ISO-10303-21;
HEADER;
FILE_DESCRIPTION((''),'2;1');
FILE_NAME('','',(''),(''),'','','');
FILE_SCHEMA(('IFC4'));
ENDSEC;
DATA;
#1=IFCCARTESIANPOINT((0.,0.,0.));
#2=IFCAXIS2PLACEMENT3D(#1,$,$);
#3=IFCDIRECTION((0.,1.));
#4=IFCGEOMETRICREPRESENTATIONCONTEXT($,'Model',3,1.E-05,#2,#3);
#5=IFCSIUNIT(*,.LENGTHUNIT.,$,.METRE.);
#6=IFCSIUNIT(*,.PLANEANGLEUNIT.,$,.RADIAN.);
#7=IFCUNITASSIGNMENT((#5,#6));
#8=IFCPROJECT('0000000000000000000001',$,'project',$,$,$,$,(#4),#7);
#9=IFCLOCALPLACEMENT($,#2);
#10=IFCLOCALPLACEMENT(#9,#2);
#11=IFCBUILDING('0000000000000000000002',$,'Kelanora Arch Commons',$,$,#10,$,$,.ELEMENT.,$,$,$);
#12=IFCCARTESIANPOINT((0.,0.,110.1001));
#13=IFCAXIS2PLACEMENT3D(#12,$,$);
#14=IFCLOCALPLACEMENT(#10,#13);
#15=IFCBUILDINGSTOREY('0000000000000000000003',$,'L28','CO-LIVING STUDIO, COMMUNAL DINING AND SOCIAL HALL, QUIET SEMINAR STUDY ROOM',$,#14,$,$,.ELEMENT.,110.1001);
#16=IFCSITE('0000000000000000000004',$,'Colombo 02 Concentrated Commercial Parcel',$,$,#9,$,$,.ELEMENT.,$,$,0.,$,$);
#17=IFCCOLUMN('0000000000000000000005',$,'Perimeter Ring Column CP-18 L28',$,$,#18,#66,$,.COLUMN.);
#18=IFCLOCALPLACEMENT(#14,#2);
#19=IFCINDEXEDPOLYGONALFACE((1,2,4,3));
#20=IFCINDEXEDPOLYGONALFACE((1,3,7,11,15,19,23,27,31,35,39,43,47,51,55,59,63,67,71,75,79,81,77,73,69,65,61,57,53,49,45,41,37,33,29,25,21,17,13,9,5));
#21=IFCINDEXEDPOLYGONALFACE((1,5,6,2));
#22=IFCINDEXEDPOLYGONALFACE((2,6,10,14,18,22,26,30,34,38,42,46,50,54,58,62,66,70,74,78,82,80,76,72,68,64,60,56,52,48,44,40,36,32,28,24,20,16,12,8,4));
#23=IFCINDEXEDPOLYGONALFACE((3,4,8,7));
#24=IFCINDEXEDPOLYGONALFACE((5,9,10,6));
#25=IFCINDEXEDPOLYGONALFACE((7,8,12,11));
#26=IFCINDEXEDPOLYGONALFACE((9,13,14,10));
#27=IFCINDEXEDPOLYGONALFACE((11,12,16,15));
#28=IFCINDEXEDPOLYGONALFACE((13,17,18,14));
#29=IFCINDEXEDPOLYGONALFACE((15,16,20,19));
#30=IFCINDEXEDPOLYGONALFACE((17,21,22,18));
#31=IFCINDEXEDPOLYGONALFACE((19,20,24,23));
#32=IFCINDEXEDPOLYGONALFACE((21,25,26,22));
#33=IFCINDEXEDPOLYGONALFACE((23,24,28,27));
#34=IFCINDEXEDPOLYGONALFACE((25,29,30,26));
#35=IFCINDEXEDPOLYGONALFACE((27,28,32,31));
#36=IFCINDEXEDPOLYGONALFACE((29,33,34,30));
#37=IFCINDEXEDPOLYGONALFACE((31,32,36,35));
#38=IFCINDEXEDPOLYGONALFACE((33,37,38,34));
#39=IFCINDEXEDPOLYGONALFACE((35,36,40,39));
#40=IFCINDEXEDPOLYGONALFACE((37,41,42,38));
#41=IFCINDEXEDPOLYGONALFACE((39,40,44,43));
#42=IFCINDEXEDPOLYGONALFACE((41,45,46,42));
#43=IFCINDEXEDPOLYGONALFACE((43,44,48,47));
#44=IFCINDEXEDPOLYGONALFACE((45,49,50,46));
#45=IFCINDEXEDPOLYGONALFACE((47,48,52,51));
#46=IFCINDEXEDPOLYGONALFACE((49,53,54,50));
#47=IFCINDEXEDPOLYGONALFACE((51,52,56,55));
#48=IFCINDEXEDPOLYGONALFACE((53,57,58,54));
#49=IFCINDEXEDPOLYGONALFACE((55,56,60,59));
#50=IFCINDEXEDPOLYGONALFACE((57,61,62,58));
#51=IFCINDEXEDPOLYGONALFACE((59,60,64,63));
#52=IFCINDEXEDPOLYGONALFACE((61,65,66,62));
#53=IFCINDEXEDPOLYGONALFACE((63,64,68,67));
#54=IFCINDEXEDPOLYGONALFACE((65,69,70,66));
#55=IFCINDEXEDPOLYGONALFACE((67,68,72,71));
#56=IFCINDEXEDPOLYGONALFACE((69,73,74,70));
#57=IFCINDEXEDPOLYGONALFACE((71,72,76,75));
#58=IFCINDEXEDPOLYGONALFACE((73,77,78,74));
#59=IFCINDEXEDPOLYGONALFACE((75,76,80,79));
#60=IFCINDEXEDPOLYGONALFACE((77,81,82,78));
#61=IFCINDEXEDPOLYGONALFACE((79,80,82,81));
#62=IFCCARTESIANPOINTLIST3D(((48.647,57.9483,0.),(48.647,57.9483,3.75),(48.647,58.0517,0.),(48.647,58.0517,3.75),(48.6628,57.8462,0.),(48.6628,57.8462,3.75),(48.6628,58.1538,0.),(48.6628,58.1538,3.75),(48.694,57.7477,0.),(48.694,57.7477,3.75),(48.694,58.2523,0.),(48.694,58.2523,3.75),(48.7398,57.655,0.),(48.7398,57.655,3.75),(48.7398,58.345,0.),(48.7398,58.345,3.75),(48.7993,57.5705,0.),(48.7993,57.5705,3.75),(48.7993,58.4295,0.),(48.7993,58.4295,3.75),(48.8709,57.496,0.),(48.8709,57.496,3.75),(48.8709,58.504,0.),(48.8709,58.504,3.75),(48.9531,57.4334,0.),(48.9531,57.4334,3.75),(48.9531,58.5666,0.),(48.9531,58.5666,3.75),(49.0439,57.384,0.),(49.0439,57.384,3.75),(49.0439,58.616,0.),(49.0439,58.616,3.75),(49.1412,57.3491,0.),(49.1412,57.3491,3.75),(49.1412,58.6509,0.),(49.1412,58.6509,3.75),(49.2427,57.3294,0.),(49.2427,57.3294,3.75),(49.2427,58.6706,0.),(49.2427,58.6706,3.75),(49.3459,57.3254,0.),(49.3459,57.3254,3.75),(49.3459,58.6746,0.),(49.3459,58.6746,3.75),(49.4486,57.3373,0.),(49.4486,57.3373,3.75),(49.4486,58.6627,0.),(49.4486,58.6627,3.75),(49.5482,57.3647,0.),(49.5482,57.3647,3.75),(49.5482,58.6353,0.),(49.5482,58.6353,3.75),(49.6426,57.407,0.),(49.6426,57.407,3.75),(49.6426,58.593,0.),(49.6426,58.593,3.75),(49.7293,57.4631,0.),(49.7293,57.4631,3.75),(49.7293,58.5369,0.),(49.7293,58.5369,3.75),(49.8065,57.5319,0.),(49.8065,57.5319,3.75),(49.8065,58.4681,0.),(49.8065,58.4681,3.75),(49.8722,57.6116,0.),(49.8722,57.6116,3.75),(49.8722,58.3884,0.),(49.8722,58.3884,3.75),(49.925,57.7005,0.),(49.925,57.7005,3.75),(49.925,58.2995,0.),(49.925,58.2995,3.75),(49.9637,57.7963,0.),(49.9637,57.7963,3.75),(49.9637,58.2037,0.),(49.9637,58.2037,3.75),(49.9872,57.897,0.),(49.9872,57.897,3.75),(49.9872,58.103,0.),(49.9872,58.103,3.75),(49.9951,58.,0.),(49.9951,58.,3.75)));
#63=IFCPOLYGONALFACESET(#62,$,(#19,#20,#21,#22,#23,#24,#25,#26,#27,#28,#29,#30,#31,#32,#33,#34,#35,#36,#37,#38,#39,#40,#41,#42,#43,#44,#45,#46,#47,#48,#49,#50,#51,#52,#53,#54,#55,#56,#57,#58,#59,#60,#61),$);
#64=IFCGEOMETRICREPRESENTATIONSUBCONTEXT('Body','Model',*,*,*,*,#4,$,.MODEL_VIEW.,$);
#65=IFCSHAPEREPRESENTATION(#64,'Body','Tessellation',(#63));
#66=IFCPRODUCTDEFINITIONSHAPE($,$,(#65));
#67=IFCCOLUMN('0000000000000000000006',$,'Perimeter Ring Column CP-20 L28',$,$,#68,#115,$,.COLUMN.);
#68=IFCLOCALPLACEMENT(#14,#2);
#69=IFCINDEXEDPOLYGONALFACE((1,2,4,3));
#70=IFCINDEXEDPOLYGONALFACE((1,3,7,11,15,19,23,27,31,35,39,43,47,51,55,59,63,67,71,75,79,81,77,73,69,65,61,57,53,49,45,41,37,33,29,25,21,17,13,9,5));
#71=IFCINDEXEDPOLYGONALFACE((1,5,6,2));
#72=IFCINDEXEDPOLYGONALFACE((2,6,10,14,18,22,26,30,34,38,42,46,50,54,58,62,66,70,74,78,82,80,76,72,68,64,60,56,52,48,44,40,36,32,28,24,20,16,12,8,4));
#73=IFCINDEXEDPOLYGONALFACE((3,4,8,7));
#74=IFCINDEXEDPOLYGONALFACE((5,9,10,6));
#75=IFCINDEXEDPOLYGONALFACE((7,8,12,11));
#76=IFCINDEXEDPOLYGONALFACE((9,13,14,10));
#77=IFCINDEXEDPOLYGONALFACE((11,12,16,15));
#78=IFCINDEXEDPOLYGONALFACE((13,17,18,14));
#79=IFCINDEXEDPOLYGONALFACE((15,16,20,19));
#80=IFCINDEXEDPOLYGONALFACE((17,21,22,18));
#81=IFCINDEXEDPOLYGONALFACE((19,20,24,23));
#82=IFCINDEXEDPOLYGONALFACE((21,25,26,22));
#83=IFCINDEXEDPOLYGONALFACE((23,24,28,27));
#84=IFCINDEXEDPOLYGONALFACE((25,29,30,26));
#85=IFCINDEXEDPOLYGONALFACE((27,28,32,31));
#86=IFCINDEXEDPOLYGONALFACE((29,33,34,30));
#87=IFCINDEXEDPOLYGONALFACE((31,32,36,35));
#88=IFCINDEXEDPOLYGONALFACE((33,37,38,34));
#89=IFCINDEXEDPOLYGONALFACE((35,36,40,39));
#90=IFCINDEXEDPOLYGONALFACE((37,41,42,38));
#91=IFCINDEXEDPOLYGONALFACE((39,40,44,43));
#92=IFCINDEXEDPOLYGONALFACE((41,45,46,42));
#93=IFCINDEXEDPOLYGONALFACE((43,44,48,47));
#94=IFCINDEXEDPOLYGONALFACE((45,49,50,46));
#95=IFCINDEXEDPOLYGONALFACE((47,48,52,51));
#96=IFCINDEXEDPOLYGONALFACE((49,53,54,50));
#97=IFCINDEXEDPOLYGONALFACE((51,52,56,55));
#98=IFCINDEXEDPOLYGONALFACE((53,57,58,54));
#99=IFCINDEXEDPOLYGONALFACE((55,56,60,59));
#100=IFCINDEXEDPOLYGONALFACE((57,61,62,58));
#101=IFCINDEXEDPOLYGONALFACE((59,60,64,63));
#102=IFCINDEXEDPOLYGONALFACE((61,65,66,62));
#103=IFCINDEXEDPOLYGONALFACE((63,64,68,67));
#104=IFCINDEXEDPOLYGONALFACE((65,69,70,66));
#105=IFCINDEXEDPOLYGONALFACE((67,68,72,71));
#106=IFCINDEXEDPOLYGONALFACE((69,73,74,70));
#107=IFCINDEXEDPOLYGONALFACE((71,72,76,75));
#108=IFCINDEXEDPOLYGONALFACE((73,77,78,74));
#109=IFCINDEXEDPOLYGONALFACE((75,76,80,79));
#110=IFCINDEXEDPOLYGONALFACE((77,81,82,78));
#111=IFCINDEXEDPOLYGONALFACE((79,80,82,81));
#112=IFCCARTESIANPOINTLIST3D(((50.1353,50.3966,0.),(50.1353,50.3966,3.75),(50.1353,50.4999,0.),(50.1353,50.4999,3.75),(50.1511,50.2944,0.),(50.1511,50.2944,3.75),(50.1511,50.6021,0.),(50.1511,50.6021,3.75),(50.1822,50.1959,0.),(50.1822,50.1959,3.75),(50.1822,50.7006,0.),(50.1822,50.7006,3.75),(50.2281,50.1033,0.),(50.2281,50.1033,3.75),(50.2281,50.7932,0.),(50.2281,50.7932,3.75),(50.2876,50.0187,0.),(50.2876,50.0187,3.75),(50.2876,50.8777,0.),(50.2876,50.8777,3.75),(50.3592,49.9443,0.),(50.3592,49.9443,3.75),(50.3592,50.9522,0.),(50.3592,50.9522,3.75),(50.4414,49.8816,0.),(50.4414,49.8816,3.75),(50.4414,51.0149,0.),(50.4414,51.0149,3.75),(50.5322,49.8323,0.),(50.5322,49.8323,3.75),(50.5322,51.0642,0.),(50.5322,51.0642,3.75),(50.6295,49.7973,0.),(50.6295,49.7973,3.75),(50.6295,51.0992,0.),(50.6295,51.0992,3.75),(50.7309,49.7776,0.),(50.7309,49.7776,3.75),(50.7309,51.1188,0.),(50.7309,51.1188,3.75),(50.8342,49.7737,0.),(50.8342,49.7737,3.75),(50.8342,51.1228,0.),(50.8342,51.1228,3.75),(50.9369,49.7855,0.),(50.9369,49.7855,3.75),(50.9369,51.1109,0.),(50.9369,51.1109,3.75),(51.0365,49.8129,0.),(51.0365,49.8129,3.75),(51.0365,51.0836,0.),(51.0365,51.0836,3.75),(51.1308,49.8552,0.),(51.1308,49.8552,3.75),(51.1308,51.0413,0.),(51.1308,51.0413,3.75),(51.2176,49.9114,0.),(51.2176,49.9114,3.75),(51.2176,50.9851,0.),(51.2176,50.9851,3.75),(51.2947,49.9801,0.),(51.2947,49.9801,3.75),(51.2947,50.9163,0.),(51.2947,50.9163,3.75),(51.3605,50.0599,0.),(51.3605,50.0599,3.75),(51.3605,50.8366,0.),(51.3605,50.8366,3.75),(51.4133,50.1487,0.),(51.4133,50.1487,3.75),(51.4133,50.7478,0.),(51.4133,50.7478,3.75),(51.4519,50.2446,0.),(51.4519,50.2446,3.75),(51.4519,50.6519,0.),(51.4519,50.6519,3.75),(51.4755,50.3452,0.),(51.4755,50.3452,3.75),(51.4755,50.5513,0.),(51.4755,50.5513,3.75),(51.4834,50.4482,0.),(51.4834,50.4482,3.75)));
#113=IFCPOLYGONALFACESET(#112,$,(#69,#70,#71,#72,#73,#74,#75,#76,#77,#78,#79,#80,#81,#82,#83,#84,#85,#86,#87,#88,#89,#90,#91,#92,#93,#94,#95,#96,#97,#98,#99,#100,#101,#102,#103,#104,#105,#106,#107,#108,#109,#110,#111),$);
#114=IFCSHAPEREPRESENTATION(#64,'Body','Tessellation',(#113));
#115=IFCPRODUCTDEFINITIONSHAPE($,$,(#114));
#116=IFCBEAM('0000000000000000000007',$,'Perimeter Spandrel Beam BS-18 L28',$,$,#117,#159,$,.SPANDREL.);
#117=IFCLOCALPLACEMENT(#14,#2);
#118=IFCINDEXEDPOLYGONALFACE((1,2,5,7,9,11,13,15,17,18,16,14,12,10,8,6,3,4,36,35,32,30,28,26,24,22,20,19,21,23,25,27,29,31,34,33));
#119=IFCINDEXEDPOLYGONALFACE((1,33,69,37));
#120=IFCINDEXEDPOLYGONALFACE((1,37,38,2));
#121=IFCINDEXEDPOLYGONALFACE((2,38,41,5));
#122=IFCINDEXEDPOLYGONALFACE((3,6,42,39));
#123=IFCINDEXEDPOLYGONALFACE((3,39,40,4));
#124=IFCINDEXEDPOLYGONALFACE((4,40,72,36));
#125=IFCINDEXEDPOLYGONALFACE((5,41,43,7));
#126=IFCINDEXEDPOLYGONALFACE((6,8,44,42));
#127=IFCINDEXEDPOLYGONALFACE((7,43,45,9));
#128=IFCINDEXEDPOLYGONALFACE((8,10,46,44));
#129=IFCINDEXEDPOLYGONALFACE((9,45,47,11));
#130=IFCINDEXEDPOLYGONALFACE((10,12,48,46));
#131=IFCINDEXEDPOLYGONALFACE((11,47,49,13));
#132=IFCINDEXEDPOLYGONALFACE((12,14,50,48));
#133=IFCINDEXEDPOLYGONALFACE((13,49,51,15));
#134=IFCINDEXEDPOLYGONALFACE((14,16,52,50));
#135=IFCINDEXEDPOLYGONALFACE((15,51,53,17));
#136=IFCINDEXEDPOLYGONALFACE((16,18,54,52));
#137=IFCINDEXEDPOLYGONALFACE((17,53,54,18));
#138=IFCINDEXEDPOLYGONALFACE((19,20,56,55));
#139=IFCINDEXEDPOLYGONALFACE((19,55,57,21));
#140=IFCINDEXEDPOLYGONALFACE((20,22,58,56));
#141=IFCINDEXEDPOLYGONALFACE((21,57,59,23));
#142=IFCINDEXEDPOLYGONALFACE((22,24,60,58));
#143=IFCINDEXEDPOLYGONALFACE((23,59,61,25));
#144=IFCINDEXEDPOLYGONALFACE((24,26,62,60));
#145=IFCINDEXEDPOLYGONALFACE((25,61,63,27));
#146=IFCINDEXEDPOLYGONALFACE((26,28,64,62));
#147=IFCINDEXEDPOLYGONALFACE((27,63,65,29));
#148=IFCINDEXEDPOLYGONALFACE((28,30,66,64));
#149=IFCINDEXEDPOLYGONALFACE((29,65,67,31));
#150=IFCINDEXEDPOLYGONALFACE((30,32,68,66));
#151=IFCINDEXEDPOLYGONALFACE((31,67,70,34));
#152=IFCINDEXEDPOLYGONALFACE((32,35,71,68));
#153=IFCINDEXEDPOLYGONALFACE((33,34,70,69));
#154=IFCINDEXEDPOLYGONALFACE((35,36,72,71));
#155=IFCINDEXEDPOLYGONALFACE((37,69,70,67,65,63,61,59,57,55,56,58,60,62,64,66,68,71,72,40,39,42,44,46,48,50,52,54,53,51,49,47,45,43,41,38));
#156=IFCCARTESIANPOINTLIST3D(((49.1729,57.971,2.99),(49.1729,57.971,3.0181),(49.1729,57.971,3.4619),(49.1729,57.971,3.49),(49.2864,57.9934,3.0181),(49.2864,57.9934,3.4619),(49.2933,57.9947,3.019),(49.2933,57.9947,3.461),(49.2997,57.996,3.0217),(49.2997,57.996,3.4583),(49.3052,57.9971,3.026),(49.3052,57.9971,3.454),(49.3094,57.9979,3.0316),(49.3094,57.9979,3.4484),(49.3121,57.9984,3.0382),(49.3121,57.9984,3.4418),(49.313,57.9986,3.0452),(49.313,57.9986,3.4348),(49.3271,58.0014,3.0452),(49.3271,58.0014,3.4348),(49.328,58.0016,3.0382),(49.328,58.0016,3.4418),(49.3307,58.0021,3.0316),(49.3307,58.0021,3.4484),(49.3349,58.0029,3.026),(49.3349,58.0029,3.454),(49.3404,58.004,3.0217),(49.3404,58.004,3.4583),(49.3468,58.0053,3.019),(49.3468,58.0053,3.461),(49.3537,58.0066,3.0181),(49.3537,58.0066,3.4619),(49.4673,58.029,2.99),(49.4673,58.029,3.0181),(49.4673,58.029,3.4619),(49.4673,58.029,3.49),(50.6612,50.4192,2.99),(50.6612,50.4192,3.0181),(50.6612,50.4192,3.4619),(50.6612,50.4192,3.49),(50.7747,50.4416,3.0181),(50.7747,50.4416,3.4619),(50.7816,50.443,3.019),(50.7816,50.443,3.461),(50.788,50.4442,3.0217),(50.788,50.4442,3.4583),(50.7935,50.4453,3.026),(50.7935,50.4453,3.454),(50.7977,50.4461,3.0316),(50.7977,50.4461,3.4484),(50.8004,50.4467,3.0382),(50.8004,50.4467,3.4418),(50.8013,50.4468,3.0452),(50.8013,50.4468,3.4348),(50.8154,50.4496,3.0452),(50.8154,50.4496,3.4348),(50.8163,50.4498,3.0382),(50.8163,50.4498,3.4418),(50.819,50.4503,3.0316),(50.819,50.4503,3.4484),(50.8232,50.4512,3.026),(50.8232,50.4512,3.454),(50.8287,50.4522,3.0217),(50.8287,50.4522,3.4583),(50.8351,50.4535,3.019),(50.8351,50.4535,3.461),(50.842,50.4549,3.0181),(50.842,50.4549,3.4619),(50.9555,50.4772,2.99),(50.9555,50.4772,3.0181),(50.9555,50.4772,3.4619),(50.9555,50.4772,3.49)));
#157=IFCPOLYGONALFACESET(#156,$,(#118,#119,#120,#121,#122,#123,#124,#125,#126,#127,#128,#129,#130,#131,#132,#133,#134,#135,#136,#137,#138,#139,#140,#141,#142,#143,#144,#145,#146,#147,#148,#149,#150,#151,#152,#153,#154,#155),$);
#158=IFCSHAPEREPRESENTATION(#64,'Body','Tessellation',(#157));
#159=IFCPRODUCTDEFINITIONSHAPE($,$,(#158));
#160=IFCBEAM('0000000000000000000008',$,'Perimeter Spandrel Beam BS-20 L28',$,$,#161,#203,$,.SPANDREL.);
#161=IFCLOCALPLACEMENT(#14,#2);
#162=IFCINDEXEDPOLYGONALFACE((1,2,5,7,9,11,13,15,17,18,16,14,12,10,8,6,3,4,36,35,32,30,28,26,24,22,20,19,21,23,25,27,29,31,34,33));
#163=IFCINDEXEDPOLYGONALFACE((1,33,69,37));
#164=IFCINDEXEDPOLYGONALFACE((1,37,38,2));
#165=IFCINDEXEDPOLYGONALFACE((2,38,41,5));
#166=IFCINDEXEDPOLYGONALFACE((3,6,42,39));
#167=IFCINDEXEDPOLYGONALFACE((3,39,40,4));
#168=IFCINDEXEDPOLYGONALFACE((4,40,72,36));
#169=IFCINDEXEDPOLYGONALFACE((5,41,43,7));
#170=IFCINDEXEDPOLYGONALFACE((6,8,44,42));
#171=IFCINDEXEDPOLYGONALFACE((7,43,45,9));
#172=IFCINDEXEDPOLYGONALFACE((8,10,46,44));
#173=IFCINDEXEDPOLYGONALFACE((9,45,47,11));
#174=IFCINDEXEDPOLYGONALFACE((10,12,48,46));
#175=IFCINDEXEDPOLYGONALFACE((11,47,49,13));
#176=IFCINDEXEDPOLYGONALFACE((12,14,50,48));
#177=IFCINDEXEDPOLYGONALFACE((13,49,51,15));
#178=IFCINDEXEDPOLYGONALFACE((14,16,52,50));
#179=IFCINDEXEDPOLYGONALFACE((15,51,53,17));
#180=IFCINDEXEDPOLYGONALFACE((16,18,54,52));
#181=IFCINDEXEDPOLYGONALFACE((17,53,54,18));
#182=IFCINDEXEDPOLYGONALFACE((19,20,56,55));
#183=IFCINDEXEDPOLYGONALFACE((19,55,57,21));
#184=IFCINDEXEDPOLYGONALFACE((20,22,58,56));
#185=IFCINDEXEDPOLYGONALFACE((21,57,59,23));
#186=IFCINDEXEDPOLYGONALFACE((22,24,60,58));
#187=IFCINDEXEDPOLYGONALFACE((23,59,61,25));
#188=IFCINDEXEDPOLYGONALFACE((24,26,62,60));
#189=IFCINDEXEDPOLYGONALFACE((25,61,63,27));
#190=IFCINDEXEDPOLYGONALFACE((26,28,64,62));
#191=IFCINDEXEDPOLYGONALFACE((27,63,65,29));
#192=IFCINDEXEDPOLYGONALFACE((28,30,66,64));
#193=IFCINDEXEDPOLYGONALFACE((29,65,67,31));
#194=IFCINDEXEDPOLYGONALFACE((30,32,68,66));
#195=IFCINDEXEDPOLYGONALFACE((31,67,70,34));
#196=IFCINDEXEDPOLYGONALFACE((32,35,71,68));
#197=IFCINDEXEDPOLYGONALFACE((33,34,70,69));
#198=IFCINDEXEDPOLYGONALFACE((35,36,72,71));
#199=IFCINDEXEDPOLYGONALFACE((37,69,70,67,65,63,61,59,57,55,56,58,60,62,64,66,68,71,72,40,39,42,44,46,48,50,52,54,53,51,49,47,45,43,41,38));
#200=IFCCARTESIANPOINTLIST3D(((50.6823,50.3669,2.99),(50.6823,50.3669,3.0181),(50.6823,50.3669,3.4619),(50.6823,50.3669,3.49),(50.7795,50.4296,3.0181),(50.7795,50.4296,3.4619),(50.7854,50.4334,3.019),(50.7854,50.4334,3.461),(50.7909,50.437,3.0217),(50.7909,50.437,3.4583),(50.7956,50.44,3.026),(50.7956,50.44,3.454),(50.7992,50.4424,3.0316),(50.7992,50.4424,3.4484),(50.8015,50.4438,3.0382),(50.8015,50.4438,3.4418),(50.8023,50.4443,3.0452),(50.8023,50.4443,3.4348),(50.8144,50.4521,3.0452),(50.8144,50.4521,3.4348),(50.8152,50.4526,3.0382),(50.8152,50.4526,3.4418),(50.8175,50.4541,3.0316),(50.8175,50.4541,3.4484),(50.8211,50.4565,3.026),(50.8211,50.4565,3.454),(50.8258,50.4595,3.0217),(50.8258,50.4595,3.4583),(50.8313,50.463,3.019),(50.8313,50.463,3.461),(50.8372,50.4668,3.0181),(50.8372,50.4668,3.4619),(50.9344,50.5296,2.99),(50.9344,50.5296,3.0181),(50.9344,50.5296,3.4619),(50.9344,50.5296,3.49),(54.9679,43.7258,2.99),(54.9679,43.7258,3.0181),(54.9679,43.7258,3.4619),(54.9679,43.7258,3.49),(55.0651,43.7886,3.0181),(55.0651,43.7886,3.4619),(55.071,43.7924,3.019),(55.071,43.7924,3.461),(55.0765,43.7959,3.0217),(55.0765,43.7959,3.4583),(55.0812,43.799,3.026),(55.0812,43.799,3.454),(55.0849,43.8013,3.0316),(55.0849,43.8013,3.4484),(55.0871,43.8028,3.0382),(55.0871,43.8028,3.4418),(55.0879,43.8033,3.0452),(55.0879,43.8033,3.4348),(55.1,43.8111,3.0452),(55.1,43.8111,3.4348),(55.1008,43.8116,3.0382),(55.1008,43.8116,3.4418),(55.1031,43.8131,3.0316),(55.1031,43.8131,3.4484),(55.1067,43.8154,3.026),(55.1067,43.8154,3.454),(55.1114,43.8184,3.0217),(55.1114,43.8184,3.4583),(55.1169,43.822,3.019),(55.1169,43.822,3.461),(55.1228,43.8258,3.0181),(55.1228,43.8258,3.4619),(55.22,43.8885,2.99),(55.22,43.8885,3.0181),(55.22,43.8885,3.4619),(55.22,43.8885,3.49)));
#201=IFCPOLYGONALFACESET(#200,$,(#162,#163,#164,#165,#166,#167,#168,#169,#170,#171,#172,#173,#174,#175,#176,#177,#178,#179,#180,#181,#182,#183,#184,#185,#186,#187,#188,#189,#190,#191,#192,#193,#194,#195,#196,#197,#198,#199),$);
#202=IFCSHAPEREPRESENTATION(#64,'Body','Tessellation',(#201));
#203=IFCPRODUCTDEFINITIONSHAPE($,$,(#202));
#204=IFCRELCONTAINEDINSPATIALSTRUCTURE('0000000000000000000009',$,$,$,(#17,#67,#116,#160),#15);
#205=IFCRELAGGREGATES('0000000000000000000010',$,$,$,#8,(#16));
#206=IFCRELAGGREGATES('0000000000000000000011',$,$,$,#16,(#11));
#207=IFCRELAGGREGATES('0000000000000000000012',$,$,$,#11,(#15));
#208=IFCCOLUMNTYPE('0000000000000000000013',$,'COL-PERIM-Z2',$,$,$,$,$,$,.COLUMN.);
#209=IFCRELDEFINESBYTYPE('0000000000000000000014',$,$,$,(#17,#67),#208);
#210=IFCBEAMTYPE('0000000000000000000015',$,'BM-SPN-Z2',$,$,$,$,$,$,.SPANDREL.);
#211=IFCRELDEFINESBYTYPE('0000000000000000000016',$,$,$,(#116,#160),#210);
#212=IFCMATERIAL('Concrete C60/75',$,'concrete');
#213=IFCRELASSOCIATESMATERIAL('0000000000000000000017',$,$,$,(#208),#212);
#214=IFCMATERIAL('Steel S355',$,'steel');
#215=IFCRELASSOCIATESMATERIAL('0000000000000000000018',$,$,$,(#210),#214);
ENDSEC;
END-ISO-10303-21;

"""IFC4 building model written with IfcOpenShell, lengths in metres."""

from ifc_helpers import new_model, si_unit, direction, frame, origin, origin_2d, place, context, subcontext, project, spatial, circle, i_section, extrude, material, material_profile, profile_set, type_object, element, save


model = new_model("IFC4")

# Units and contexts
model_context = context("Model", 3, precision=1e-05, world=origin(), true_north=direction((0.0, 1.0)))
body_context = subcontext(model_context, "Body", "Model", "MODEL_VIEW")
ifc_project = project(units=[si_unit("LENGTHUNIT", "METRE"), si_unit("PLANEANGLEUNIT", "RADIAN")], contexts=[model_context])

# Site, building, storey
site_placement = place(None, origin())
site = spatial("IfcSite", under=ifc_project, at=site_placement, Name="Colombo 02 Concentrated Commercial Parcel", CompositionType="ELEMENT", RefElevation=0.0)
building_placement = place(site_placement, origin())
building = spatial("IfcBuilding", under=site, at=building_placement, Name="Kelanora Arch Commons", CompositionType="ELEMENT")
storey_placement = place(building_placement, frame((0.0, 0.0, 110.1001)))
storey = spatial("IfcBuildingStorey", under=building, at=storey_placement, Name="L28", Description="CO-LIVING STUDIO, COMMUNAL DINING AND SOCIAL HALL, QUIET SEMINAR STUDY ROOM", CompositionType="ELEMENT", Elevation=110.1001)

# Columns
ifc_material_1 = material(Name="Concrete C60/75", Category="concrete")
ifc_material_profile_1 = material_profile(ifc_material_1, circle(Radius=0.675, at=origin_2d()), Name="RCC1350")
ifc_profile_set_1 = profile_set([ifc_material_profile_1], Name="Concrete C60/75")
column_type = type_object("IfcColumnType", Name="COL-PERIM-Z2", PredefinedType="COLUMN", material=ifc_profile_set_1)
for number, where, z_axis, x_axis, name in (
    (1, (49.3201, 58.0, 0.0), (0.0, 0.0, 1.0), (1.0, 0.0, 0.0), "Perimeter Ring Column CP-18 L28"),
    (2, (50.8083, 50.4482, 0.0), (0.0, 0.0, 1.0), (1.0, 0.0, 0.0), "Perimeter Ring Column CP-20 L28"),
):
    element("IfcColumn", number, at=place(storey_placement, frame(where, z_axis=z_axis, x_axis=x_axis)), inside=storey, type_object=column_type, Name=name, PredefinedType="COLUMN", context=body_context, shape_type="SweptSolid", body=[
        extrude(circle(Radius=0.675, at=origin_2d()), origin(), (0.0, 0.0, 1.0), 3.75),
    ])

# Beams
ifc_material_2 = material(Name="Steel S355", Category="steel")
ifc_material_profile_2 = material_profile(ifc_material_2, i_section(OverallWidth=0.3, OverallDepth=0.5, WebThickness=0.0144, FlangeThickness=0.0281, FilletRadius=0.0271, at=origin_2d()), Name="HEB500")
ifc_profile_set_2 = profile_set([ifc_material_profile_2], Name="Steel S355")
beam_type = type_object("IfcBeamType", Name="BM-SPN-Z2", PredefinedType="SPANDREL", material=ifc_profile_set_2)
beam_1_placement = place(storey_placement, frame((49.3201, 58.0, 3.24), z_axis=(0.193358, -0.981128, 0.0), x_axis=(0.981128, 0.193358, 0.0)))
element("IfcBeam", 3, at=beam_1_placement, inside=storey, type_object=beam_type, Name="Perimeter Spandrel Beam BS-18 L28", PredefinedType="SPANDREL", context=body_context, shape_type="SweptSolid", body=[
    extrude(i_section(OverallWidth=0.3, OverallDepth=0.5, WebThickness=0.0144, FlangeThickness=0.0281, FilletRadius=0.0271, at=origin_2d()), origin(), (0.0, 0.0, 1.0), 7.697),
])
beam_2_placement = place(storey_placement, frame((50.8083, 50.4482, 3.24), z_axis=(0.542221, -0.840236, 0.0), x_axis=(0.840236, 0.542221, 0.0)))
element("IfcBeam", 4, at=beam_2_placement, inside=storey, type_object=beam_type, Name="Perimeter Spandrel Beam BS-20 L28", PredefinedType="SPANDREL", context=body_context, shape_type="SweptSolid", body=[
    extrude(i_section(OverallWidth=0.3, OverallDepth=0.5, WebThickness=0.0144, FlangeThickness=0.0281, FilletRadius=0.0271, at=origin_2d()), origin(), (0.0, 0.0, 1.0), 7.9038),
])

save(model, "model.ifc")
